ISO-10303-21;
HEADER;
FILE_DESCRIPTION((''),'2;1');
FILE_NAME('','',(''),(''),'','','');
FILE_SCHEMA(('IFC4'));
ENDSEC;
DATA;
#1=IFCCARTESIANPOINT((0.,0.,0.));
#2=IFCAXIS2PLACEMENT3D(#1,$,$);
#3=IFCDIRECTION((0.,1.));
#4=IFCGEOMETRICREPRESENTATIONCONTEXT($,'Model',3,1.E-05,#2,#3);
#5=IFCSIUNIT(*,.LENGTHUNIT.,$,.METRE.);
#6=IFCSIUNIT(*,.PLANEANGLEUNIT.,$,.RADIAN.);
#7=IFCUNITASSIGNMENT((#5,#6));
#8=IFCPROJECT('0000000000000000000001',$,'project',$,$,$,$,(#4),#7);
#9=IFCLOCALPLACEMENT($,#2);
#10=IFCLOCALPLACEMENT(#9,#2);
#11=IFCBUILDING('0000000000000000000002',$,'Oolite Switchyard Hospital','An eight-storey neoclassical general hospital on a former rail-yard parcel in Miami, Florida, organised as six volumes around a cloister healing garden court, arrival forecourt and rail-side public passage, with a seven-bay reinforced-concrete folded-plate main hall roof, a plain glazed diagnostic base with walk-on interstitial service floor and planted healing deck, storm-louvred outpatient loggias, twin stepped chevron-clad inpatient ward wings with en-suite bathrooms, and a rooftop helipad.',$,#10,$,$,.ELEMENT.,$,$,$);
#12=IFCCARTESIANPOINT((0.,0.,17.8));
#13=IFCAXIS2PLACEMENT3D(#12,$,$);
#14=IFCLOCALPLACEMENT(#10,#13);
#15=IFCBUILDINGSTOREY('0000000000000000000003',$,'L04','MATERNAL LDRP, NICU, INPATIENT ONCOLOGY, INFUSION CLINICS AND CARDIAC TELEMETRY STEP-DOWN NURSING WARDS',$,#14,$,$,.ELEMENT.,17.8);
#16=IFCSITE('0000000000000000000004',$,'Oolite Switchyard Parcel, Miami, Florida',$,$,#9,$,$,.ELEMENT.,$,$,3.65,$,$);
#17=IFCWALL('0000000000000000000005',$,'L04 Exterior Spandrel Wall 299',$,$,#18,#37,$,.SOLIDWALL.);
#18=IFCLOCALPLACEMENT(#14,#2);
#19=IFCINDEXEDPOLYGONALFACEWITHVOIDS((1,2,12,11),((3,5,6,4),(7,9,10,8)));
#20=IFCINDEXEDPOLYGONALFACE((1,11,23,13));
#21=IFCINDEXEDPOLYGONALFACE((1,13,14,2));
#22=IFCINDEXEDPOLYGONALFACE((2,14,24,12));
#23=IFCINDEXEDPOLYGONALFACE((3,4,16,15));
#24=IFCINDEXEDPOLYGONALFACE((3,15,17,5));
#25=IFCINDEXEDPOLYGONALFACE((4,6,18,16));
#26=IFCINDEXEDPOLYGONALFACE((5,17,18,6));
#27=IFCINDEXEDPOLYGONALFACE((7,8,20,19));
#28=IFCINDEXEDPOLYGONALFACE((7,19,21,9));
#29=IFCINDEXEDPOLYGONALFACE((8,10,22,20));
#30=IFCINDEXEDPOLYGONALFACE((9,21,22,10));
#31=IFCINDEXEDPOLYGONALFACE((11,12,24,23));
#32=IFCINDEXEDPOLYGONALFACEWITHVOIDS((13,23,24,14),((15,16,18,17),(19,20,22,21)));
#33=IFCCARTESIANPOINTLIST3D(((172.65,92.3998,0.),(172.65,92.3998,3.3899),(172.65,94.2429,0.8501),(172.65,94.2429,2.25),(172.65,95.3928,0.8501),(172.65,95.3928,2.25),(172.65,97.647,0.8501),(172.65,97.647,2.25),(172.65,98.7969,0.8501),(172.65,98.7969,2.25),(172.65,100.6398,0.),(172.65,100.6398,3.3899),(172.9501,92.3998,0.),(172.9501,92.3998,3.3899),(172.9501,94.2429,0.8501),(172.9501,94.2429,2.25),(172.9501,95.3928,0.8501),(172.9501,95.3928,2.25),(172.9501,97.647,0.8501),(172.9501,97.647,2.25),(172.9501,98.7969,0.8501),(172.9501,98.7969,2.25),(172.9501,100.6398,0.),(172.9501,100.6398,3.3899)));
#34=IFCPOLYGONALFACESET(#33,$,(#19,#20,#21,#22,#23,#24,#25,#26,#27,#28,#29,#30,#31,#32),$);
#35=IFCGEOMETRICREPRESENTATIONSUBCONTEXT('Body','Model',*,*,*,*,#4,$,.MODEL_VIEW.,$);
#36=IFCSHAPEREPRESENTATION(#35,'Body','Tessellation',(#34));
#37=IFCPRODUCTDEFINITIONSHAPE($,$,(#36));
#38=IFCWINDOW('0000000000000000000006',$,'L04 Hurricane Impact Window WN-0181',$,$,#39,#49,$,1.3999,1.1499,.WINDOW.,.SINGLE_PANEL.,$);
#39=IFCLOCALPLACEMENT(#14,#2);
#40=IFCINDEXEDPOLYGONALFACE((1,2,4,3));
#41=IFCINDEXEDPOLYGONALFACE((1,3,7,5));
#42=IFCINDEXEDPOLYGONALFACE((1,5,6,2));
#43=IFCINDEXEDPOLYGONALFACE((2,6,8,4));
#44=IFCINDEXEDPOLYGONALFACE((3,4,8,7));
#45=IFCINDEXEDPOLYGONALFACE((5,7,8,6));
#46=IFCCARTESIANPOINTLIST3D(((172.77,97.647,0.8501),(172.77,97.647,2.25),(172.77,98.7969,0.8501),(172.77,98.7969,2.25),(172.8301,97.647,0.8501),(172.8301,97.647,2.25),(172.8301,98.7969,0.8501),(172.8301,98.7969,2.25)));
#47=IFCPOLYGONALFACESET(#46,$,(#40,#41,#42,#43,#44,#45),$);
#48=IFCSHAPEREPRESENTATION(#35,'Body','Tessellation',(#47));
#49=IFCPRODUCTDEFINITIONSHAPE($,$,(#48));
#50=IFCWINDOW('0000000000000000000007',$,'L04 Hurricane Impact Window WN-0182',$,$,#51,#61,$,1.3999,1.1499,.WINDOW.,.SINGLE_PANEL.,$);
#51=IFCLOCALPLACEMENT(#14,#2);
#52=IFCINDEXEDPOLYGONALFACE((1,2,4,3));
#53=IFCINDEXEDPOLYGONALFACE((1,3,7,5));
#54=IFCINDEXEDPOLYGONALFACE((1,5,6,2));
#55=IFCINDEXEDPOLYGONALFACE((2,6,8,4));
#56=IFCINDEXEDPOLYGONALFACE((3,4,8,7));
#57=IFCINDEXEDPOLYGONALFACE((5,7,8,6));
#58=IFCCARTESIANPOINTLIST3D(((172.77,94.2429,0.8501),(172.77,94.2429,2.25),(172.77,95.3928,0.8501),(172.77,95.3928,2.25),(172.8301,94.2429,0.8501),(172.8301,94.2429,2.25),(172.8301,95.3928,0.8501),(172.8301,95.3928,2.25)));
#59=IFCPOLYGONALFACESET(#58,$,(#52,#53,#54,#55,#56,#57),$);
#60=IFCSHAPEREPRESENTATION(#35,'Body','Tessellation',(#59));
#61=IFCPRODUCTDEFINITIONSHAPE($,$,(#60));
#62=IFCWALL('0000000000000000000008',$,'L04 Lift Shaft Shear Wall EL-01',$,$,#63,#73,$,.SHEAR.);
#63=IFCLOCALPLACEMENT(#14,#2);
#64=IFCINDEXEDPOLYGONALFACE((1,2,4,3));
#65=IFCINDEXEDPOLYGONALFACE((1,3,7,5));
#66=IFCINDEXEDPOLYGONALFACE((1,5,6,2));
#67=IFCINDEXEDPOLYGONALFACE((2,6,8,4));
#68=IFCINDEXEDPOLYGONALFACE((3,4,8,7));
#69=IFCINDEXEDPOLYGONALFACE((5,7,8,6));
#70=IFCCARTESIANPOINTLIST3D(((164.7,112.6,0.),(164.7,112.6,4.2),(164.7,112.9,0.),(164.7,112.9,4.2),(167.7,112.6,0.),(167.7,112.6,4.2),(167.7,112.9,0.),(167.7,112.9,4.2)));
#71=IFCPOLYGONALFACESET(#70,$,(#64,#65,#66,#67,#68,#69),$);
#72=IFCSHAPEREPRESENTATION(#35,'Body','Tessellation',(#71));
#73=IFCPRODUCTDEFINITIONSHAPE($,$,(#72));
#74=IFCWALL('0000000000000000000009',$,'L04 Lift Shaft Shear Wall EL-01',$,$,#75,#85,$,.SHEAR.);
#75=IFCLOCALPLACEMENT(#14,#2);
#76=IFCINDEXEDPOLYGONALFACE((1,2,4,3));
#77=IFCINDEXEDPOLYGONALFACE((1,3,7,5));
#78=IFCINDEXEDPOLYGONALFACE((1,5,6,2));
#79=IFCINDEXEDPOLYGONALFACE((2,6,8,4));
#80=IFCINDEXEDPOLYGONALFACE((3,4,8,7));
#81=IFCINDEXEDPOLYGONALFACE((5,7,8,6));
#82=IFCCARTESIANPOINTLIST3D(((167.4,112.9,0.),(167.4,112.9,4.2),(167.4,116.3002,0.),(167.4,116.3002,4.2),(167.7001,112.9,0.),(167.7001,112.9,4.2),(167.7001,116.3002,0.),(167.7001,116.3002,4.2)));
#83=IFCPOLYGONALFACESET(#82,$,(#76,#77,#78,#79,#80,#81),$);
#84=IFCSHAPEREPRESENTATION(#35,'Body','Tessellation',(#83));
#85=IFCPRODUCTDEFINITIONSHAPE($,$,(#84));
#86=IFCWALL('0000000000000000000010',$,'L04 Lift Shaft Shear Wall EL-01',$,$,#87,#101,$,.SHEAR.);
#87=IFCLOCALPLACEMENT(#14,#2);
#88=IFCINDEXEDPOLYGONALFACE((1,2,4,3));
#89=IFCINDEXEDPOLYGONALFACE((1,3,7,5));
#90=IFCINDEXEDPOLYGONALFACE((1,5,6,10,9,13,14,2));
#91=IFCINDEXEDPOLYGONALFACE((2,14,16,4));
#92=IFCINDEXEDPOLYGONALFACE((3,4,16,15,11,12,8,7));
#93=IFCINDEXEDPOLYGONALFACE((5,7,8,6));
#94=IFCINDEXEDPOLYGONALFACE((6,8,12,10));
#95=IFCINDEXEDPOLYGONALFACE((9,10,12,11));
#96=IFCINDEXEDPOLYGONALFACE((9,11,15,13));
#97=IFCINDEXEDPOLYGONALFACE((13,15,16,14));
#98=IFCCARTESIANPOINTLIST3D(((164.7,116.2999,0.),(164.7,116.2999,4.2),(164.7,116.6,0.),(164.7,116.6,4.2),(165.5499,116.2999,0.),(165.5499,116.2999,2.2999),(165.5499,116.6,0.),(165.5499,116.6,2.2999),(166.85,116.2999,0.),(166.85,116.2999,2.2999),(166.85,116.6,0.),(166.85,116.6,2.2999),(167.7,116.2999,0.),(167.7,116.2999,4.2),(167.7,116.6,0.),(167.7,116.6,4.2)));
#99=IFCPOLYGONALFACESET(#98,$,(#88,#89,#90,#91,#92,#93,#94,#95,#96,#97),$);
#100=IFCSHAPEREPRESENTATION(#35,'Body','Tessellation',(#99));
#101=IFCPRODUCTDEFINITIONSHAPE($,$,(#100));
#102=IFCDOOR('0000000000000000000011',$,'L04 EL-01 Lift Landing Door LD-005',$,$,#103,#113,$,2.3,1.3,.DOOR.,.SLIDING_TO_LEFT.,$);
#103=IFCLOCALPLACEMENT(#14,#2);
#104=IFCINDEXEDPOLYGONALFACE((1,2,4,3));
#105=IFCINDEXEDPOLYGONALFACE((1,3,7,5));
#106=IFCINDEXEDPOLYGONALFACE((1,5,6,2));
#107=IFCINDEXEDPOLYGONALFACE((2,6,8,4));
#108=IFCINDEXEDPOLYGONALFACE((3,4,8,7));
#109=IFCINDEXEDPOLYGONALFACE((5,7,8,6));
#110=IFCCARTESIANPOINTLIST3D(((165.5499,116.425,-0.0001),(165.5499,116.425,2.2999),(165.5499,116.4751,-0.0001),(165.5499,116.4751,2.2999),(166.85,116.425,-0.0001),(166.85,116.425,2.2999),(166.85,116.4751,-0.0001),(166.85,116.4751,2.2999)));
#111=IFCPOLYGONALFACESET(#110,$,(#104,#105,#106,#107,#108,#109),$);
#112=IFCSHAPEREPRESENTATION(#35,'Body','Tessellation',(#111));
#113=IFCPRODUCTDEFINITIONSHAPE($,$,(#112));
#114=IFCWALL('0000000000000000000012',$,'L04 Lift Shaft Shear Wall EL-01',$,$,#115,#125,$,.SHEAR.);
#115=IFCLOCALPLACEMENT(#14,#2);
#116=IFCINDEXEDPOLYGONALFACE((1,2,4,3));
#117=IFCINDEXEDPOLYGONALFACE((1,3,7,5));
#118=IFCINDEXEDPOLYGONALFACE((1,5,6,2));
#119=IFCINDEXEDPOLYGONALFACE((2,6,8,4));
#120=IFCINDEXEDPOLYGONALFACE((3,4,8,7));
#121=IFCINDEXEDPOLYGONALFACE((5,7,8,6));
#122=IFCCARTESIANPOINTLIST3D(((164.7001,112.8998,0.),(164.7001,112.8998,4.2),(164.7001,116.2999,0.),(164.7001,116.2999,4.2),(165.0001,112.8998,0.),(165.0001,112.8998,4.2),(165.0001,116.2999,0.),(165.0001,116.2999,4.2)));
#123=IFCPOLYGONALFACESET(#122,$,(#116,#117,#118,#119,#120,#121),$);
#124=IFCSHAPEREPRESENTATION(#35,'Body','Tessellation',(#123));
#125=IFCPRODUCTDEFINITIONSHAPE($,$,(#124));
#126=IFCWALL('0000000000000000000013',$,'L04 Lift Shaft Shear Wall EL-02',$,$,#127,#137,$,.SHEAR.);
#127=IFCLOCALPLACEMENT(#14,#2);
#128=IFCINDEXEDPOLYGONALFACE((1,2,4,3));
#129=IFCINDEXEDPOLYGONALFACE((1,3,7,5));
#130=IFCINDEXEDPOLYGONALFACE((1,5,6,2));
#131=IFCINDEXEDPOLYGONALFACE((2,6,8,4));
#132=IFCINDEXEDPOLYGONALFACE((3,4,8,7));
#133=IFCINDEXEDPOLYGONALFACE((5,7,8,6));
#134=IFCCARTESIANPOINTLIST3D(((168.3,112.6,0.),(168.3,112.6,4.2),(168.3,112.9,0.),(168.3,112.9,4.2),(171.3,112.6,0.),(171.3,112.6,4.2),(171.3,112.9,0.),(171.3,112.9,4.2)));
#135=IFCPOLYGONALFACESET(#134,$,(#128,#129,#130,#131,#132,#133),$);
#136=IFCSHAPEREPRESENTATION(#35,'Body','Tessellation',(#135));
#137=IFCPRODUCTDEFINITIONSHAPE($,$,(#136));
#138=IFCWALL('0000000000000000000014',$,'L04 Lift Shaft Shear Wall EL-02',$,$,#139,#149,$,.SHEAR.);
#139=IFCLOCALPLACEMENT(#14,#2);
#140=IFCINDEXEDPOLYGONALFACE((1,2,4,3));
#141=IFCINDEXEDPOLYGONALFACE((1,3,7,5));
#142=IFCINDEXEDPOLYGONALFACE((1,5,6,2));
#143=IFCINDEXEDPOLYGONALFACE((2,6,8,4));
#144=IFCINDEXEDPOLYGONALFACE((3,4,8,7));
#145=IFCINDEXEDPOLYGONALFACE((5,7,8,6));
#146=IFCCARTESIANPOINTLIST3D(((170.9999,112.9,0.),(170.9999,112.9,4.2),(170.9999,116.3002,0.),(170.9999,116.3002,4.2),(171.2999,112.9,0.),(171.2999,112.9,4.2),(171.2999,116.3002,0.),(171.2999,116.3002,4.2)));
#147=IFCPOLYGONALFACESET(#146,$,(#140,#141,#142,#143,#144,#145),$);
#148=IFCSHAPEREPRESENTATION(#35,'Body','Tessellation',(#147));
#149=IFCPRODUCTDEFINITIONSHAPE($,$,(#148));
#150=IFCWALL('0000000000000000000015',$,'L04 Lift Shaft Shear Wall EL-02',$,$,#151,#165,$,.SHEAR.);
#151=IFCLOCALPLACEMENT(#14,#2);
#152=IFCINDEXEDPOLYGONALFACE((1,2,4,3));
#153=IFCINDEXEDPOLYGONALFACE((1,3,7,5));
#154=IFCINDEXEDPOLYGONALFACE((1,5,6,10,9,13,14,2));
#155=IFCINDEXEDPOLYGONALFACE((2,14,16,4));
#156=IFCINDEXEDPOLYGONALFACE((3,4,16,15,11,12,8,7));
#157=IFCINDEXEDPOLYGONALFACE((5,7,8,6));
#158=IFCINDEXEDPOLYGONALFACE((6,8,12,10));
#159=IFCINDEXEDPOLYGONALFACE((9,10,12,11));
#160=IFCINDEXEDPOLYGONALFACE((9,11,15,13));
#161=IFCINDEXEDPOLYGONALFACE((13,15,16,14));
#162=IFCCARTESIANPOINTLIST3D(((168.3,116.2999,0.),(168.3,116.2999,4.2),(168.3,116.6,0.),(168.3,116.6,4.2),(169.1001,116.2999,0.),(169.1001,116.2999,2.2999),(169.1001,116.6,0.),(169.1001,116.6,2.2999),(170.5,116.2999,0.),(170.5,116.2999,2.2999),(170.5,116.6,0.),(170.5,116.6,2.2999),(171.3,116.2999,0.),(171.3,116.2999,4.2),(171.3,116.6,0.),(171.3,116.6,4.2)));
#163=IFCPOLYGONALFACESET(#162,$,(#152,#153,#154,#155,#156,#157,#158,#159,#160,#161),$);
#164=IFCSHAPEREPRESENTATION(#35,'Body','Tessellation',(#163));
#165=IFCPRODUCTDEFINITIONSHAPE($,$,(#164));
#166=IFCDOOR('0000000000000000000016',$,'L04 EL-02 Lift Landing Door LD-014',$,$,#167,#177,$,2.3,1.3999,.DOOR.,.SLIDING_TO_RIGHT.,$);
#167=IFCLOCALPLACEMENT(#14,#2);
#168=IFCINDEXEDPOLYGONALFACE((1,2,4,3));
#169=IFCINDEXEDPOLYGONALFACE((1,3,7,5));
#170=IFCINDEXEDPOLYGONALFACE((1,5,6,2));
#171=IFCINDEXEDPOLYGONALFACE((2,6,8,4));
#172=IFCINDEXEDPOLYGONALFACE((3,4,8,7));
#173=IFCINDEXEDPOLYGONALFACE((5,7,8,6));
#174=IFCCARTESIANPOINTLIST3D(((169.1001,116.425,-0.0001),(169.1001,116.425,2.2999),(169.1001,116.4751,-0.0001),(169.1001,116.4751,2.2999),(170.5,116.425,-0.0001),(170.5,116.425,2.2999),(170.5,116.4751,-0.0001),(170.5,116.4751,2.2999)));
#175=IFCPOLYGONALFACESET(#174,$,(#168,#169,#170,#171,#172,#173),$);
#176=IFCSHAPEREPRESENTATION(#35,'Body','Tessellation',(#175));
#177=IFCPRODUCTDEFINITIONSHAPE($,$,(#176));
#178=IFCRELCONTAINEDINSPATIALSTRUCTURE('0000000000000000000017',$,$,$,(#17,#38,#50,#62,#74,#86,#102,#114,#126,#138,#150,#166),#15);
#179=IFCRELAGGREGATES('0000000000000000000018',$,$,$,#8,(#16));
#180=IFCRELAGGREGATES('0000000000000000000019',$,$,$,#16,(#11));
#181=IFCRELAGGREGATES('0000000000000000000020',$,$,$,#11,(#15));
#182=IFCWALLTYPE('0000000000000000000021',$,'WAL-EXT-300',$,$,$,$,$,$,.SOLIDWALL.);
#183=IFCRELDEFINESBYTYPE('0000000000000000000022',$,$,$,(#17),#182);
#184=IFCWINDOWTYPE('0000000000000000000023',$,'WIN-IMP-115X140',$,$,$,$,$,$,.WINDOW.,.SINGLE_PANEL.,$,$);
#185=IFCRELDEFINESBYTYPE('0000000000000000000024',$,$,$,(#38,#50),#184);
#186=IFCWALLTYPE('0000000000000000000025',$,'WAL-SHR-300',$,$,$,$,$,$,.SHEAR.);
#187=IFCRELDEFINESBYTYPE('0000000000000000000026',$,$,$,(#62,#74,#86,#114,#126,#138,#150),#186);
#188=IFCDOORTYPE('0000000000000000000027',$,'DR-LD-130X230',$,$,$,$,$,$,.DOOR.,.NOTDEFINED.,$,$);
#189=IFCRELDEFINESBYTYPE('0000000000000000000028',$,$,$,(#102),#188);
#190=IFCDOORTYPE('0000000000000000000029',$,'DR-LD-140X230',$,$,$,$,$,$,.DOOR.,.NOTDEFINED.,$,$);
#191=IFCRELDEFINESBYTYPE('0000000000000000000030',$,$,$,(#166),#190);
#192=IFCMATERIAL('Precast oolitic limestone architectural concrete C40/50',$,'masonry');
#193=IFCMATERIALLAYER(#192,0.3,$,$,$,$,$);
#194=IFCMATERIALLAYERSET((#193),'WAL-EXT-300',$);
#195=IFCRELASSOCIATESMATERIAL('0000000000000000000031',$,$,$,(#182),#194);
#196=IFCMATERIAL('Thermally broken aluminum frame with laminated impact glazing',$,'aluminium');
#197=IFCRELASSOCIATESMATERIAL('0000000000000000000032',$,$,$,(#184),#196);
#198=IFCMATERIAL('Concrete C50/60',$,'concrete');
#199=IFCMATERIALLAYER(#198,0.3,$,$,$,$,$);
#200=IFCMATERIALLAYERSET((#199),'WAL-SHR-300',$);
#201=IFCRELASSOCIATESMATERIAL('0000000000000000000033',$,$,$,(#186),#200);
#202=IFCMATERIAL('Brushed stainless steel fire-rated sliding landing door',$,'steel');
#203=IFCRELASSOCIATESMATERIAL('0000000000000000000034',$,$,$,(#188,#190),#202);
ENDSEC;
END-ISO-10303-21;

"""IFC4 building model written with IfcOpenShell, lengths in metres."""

from ifc_helpers import new_model, si_unit, direction, frame, frame_2d, origin, place, context, subcontext, project, spatial, rectangle, extrude, material, layer, layer_set, type_object, element, fill, save


model = new_model("IFC4")

# Units and contexts
model_context = context("Model", 3, precision=1e-05, world=origin(), true_north=direction((0.0, 1.0)))
body_context = subcontext(model_context, "Body", "Model", "MODEL_VIEW")
ifc_project = project(units=[si_unit("LENGTHUNIT", "METRE"), si_unit("PLANEANGLEUNIT", "RADIAN")], contexts=[model_context])

# Site, building, storey
site_placement = place(None, origin())
site = spatial("IfcSite", under=ifc_project, at=site_placement, Name="Oolite Switchyard Parcel, Miami, Florida", CompositionType="ELEMENT", RefElevation=3.65)
building_placement = place(site_placement, origin())
building = spatial("IfcBuilding", under=site, at=building_placement, Name="Oolite Switchyard Hospital", Description="An eight-storey neoclassical general hospital on a former rail-yard parcel in Miami, Florida, organised as six volumes around a cloister healing garden court, arrival forecourt and rail-side public passage, with a seven-bay reinforced-concrete folded-plate main hall roof, a plain glazed diagnostic base with walk-on interstitial service floor and planted healing deck, storm-louvred outpatient loggias, twin stepped chevron-clad inpatient ward wings with en-suite bathrooms, and a rooftop helipad.", CompositionType="ELEMENT")
storey_placement = place(building_placement, frame((0.0, 0.0, 17.8)))
storey = spatial("IfcBuildingStorey", under=building, at=storey_placement, Name="L04", Description="MATERNAL LDRP, NICU, INPATIENT ONCOLOGY, INFUSION CLINICS AND CARDIAC TELEMETRY STEP-DOWN NURSING WARDS", CompositionType="ELEMENT", Elevation=17.8)

# Shared definitions
ifc_material_1 = material(Name="Concrete C50/60", Category="concrete")

# Wall, openings, windows
ifc_material_2 = material(Name="Precast oolitic limestone architectural concrete C40/50", Category="masonry")
ifc_layer_1 = layer(ifc_material_2, 0.3)
ifc_layer_set_1 = layer_set([ifc_layer_1], Name="WAL-EXT-300")
wall_type_1 = type_object("IfcWallType", Name="WAL-EXT-300", PredefinedType="SOLIDWALL", material=ifc_layer_set_1)
wall_1_placement = place(storey_placement, frame((172.8, 100.6399, 0.0), z_axis=(0.0, 0.0, 1.0), x_axis=(0.0, -1.0, 0.0)))
wall_1 = element("IfcWall", 1, at=wall_1_placement, inside=storey, type_object=wall_type_1, Name="L04 Exterior Spandrel Wall 299", PredefinedType="SOLIDWALL", context=body_context, shape_type="SweptSolid", body=[
    extrude(rectangle(XDim=8.24, YDim=0.3, at=frame_2d((4.1201, 0.0))), origin(), (0.0, 0.0, 1.0), 3.3899),
])
opening_1_placement = place(wall_1_placement, frame((1.843, 0.0, 0.8501)))
opening_1 = element("IfcOpeningElement", 2, at=opening_1_placement, cuts=wall_1, PredefinedType="OPENING", context=body_context, shape_type="SweptSolid", body=[
    extrude(rectangle(XDim=1.1499, YDim=1.3999, at=frame_2d((0.575, 0.7))), frame((0.0, 0.1602, 0.0), z_axis=(0.0, -1.0, 0.0), x_axis=(1.0, 0.0, 0.0)), (0.0, 0.0, 1.0), 0.3201),
])
opening_2_placement = place(wall_1_placement, frame((5.2471, 0.0, 0.8501)))
opening_2 = element("IfcOpeningElement", 3, at=opening_2_placement, cuts=wall_1, PredefinedType="OPENING", context=body_context, shape_type="SweptSolid", body=[
    extrude(rectangle(XDim=1.1499, YDim=1.3999, at=frame_2d((0.575, 0.7))), frame((0.0, 0.1602, 0.0), z_axis=(0.0, -1.0, 0.0), x_axis=(1.0, 0.0, 0.0)), (0.0, 0.0, 1.0), 0.3201),
])
ifc_material_3 = material(Name="Thermally broken aluminum frame with laminated impact glazing", Category="aluminium")
window_type = type_object("IfcWindowType", Name="WIN-IMP-115X140", PartitioningType="SINGLE_PANEL", PredefinedType="WINDOW", material=ifc_material_3)
window_1_placement = place(opening_1_placement, origin())
window_1 = element("IfcWindow", 4, at=window_1_placement, inside=storey, type_object=window_type, Name="L04 Hurricane Impact Window WN-0181", OverallHeight=1.3999, OverallWidth=1.1499, PartitioningType="SINGLE_PANEL", PredefinedType="WINDOW", context=body_context, shape_type="SweptSolid", body=[
    extrude(rectangle(XDim=1.1499, YDim=1.3999, at=frame_2d((0.575, 0.7))), frame((0.0, 0.03, 0.0), z_axis=(0.0, -1.0, 0.0), x_axis=(1.0, 0.0, 0.0)), (0.0, 0.0, 1.0), 0.0601),
])
fill(opening_1, window_1)
window_2_placement = place(opening_2_placement, origin())
window_2 = element("IfcWindow", 5, at=window_2_placement, inside=storey, type_object=window_type, Name="L04 Hurricane Impact Window WN-0182", OverallHeight=1.3999, OverallWidth=1.1499, PartitioningType="SINGLE_PANEL", PredefinedType="WINDOW", context=body_context, shape_type="SweptSolid", body=[
    extrude(rectangle(XDim=1.1499, YDim=1.3999, at=frame_2d((0.575, 0.7))), frame((0.0, 0.03, 0.0), z_axis=(0.0, -1.0, 0.0), x_axis=(1.0, 0.0, 0.0)), (0.0, 0.0, 1.0), 0.0601),
])
fill(opening_2, window_2)

# Walls
ifc_layer_2 = layer(ifc_material_1, 0.3)
ifc_layer_set_2 = layer_set([ifc_layer_2], Name="WAL-SHR-300")
wall_type_2 = type_object("IfcWallType", Name="WAL-SHR-300", PredefinedType="SHEAR", material=ifc_layer_set_2)
wall_2_placement = place(storey_placement, frame((164.7, 112.75, 0.0), z_axis=(0.0, 0.0, 1.0), x_axis=(1.0, 0.0, 0.0)))
element("IfcWall", 6, at=wall_2_placement, inside=storey, type_object=wall_type_2, Name="L04 Lift Shaft Shear Wall EL-01", PredefinedType="SHEAR", context=body_context, shape_type="SweptSolid", body=[
    extrude(rectangle(XDim=3.0, YDim=0.3, at=frame_2d((1.5, 0.0))), origin(), (0.0, 0.0, 1.0), 4.2),
])
wall_3_placement = place(storey_placement, frame((167.55, 112.8999, 0.0), z_axis=(0.0, 0.0, 1.0), x_axis=(0.0, 1.0, 0.0)))
element("IfcWall", 7, at=wall_3_placement, inside=storey, type_object=wall_type_2, Name="L04 Lift Shaft Shear Wall EL-01", PredefinedType="SHEAR", context=body_context, shape_type="SweptSolid", body=[
    extrude(rectangle(XDim=3.4001, YDim=0.3, at=frame_2d((1.7002, 0.0))), origin(), (0.0, 0.0, 1.0), 4.2),
])

# Wall, opening, door
wall_4_placement = place(storey_placement, frame((167.7, 116.45, 0.0), z_axis=(0.0, 0.0, 1.0), x_axis=(-1.0, 0.0, 0.0)))
wall_4 = element("IfcWall", 8, at=wall_4_placement, inside=storey, type_object=wall_type_2, Name="L04 Lift Shaft Shear Wall EL-01", PredefinedType="SHEAR", context=body_context, shape_type="SweptSolid", body=[
    extrude(rectangle(XDim=3.0, YDim=0.3, at=frame_2d((1.5, 0.0))), origin(), (0.0, 0.0, 1.0), 4.2),
])
opening_3_placement = place(wall_4_placement, frame((0.8501, 0.0, 0.0)))
opening_3 = element("IfcOpeningElement", 9, at=opening_3_placement, cuts=wall_4, PredefinedType="OPENING", context=body_context, shape_type="SweptSolid", body=[
    extrude(rectangle(XDim=1.3, YDim=2.3, at=frame_2d((0.6499, 1.1499))), frame((0.0, 0.1602, 0.0), z_axis=(0.0, -1.0, 0.0), x_axis=(1.0, 0.0, 0.0)), (0.0, 0.0, 1.0), 0.3201),
])
ifc_material_4 = material(Name="Brushed stainless steel fire-rated sliding landing door", Category="steel")
door_type_1 = type_object("IfcDoorType", Name="DR-LD-130X230", OperationType="NOTDEFINED", PredefinedType="DOOR", material=ifc_material_4)
door_1_placement = place(opening_3_placement, origin())
door_1 = element("IfcDoor", 10, at=door_1_placement, inside=storey, type_object=door_type_1, Name="L04 EL-01 Lift Landing Door LD-005", OperationType="SLIDING_TO_LEFT", OverallHeight=2.3, OverallWidth=1.3, PredefinedType="DOOR", context=body_context, shape_type="SweptSolid", body=[
    extrude(rectangle(XDim=1.3, YDim=2.3, at=frame_2d((0.6499, 1.1499))), frame((0.0, 0.0249, 0.0), z_axis=(0.0, -1.0, 0.0), x_axis=(1.0, 0.0, 0.0)), (0.0, 0.0, 1.0), 0.05),
])
fill(opening_3, door_1)

# Walls
wall_5_placement = place(storey_placement, frame((164.8501, 116.3, 0.0), z_axis=(0.0, 0.0, 1.0), x_axis=(0.0, -1.0, 0.0)))
element("IfcWall", 11, at=wall_5_placement, inside=storey, type_object=wall_type_2, Name="L04 Lift Shaft Shear Wall EL-01", PredefinedType="SHEAR", context=body_context, shape_type="SweptSolid", body=[
    extrude(rectangle(XDim=3.4001, YDim=0.3, at=frame_2d((1.7002, 0.0))), origin(), (0.0, 0.0, 1.0), 4.2),
])
wall_6_placement = place(storey_placement, frame((168.3, 112.75, 0.0), z_axis=(0.0, 0.0, 1.0), x_axis=(1.0, 0.0, 0.0)))
element("IfcWall", 12, at=wall_6_placement, inside=storey, type_object=wall_type_2, Name="L04 Lift Shaft Shear Wall EL-02", PredefinedType="SHEAR", context=body_context, shape_type="SweptSolid", body=[
    extrude(rectangle(XDim=3.0, YDim=0.3, at=frame_2d((1.5, 0.0))), origin(), (0.0, 0.0, 1.0), 4.2),
])
wall_7_placement = place(storey_placement, frame((171.1499, 112.8999, 0.0), z_axis=(0.0, 0.0, 1.0), x_axis=(0.0, 1.0, 0.0)))
element("IfcWall", 13, at=wall_7_placement, inside=storey, type_object=wall_type_2, Name="L04 Lift Shaft Shear Wall EL-02", PredefinedType="SHEAR", context=body_context, shape_type="SweptSolid", body=[
    extrude(rectangle(XDim=3.4001, YDim=0.3, at=frame_2d((1.7002, 0.0))), origin(), (0.0, 0.0, 1.0), 4.2),
])

# Wall, opening, door
wall_8_placement = place(storey_placement, frame((171.3, 116.45, 0.0), z_axis=(0.0, 0.0, 1.0), x_axis=(-1.0, 0.0, 0.0)))
wall_8 = element("IfcWall", 14, at=wall_8_placement, inside=storey, type_object=wall_type_2, Name="L04 Lift Shaft Shear Wall EL-02", PredefinedType="SHEAR", context=body_context, shape_type="SweptSolid", body=[
    extrude(rectangle(XDim=3.0, YDim=0.3, at=frame_2d((1.5, 0.0))), origin(), (0.0, 0.0, 1.0), 4.2),
])
opening_4_placement = place(wall_8_placement, frame((0.8, 0.0, 0.0)))
opening_4 = element("IfcOpeningElement", 15, at=opening_4_placement, cuts=wall_8, PredefinedType="OPENING", context=body_context, shape_type="SweptSolid", body=[
    extrude(rectangle(XDim=1.3999, YDim=2.3, at=frame_2d((0.7, 1.1499))), frame((0.0, 0.1602, 0.0), z_axis=(0.0, -1.0, 0.0), x_axis=(1.0, 0.0, 0.0)), (0.0, 0.0, 1.0), 0.3201),
])
door_type_2 = type_object("IfcDoorType", Name="DR-LD-140X230", OperationType="NOTDEFINED", PredefinedType="DOOR", material=ifc_material_4)
door_2_placement = place(opening_4_placement, origin())
door_2 = element("IfcDoor", 16, at=door_2_placement, inside=storey, type_object=door_type_2, Name="L04 EL-02 Lift Landing Door LD-014", OperationType="SLIDING_TO_RIGHT", OverallHeight=2.3, OverallWidth=1.3999, PredefinedType="DOOR", context=body_context, shape_type="SweptSolid", body=[
    extrude(rectangle(XDim=1.3999, YDim=2.3, at=frame_2d((0.7, 1.1499))), frame((0.0, 0.0249, 0.0), z_axis=(0.0, -1.0, 0.0), x_axis=(1.0, 0.0, 0.0)), (0.0, 0.0, 1.0), 0.05),
])
fill(opening_4, door_2)

save(model, "model.ifc")
